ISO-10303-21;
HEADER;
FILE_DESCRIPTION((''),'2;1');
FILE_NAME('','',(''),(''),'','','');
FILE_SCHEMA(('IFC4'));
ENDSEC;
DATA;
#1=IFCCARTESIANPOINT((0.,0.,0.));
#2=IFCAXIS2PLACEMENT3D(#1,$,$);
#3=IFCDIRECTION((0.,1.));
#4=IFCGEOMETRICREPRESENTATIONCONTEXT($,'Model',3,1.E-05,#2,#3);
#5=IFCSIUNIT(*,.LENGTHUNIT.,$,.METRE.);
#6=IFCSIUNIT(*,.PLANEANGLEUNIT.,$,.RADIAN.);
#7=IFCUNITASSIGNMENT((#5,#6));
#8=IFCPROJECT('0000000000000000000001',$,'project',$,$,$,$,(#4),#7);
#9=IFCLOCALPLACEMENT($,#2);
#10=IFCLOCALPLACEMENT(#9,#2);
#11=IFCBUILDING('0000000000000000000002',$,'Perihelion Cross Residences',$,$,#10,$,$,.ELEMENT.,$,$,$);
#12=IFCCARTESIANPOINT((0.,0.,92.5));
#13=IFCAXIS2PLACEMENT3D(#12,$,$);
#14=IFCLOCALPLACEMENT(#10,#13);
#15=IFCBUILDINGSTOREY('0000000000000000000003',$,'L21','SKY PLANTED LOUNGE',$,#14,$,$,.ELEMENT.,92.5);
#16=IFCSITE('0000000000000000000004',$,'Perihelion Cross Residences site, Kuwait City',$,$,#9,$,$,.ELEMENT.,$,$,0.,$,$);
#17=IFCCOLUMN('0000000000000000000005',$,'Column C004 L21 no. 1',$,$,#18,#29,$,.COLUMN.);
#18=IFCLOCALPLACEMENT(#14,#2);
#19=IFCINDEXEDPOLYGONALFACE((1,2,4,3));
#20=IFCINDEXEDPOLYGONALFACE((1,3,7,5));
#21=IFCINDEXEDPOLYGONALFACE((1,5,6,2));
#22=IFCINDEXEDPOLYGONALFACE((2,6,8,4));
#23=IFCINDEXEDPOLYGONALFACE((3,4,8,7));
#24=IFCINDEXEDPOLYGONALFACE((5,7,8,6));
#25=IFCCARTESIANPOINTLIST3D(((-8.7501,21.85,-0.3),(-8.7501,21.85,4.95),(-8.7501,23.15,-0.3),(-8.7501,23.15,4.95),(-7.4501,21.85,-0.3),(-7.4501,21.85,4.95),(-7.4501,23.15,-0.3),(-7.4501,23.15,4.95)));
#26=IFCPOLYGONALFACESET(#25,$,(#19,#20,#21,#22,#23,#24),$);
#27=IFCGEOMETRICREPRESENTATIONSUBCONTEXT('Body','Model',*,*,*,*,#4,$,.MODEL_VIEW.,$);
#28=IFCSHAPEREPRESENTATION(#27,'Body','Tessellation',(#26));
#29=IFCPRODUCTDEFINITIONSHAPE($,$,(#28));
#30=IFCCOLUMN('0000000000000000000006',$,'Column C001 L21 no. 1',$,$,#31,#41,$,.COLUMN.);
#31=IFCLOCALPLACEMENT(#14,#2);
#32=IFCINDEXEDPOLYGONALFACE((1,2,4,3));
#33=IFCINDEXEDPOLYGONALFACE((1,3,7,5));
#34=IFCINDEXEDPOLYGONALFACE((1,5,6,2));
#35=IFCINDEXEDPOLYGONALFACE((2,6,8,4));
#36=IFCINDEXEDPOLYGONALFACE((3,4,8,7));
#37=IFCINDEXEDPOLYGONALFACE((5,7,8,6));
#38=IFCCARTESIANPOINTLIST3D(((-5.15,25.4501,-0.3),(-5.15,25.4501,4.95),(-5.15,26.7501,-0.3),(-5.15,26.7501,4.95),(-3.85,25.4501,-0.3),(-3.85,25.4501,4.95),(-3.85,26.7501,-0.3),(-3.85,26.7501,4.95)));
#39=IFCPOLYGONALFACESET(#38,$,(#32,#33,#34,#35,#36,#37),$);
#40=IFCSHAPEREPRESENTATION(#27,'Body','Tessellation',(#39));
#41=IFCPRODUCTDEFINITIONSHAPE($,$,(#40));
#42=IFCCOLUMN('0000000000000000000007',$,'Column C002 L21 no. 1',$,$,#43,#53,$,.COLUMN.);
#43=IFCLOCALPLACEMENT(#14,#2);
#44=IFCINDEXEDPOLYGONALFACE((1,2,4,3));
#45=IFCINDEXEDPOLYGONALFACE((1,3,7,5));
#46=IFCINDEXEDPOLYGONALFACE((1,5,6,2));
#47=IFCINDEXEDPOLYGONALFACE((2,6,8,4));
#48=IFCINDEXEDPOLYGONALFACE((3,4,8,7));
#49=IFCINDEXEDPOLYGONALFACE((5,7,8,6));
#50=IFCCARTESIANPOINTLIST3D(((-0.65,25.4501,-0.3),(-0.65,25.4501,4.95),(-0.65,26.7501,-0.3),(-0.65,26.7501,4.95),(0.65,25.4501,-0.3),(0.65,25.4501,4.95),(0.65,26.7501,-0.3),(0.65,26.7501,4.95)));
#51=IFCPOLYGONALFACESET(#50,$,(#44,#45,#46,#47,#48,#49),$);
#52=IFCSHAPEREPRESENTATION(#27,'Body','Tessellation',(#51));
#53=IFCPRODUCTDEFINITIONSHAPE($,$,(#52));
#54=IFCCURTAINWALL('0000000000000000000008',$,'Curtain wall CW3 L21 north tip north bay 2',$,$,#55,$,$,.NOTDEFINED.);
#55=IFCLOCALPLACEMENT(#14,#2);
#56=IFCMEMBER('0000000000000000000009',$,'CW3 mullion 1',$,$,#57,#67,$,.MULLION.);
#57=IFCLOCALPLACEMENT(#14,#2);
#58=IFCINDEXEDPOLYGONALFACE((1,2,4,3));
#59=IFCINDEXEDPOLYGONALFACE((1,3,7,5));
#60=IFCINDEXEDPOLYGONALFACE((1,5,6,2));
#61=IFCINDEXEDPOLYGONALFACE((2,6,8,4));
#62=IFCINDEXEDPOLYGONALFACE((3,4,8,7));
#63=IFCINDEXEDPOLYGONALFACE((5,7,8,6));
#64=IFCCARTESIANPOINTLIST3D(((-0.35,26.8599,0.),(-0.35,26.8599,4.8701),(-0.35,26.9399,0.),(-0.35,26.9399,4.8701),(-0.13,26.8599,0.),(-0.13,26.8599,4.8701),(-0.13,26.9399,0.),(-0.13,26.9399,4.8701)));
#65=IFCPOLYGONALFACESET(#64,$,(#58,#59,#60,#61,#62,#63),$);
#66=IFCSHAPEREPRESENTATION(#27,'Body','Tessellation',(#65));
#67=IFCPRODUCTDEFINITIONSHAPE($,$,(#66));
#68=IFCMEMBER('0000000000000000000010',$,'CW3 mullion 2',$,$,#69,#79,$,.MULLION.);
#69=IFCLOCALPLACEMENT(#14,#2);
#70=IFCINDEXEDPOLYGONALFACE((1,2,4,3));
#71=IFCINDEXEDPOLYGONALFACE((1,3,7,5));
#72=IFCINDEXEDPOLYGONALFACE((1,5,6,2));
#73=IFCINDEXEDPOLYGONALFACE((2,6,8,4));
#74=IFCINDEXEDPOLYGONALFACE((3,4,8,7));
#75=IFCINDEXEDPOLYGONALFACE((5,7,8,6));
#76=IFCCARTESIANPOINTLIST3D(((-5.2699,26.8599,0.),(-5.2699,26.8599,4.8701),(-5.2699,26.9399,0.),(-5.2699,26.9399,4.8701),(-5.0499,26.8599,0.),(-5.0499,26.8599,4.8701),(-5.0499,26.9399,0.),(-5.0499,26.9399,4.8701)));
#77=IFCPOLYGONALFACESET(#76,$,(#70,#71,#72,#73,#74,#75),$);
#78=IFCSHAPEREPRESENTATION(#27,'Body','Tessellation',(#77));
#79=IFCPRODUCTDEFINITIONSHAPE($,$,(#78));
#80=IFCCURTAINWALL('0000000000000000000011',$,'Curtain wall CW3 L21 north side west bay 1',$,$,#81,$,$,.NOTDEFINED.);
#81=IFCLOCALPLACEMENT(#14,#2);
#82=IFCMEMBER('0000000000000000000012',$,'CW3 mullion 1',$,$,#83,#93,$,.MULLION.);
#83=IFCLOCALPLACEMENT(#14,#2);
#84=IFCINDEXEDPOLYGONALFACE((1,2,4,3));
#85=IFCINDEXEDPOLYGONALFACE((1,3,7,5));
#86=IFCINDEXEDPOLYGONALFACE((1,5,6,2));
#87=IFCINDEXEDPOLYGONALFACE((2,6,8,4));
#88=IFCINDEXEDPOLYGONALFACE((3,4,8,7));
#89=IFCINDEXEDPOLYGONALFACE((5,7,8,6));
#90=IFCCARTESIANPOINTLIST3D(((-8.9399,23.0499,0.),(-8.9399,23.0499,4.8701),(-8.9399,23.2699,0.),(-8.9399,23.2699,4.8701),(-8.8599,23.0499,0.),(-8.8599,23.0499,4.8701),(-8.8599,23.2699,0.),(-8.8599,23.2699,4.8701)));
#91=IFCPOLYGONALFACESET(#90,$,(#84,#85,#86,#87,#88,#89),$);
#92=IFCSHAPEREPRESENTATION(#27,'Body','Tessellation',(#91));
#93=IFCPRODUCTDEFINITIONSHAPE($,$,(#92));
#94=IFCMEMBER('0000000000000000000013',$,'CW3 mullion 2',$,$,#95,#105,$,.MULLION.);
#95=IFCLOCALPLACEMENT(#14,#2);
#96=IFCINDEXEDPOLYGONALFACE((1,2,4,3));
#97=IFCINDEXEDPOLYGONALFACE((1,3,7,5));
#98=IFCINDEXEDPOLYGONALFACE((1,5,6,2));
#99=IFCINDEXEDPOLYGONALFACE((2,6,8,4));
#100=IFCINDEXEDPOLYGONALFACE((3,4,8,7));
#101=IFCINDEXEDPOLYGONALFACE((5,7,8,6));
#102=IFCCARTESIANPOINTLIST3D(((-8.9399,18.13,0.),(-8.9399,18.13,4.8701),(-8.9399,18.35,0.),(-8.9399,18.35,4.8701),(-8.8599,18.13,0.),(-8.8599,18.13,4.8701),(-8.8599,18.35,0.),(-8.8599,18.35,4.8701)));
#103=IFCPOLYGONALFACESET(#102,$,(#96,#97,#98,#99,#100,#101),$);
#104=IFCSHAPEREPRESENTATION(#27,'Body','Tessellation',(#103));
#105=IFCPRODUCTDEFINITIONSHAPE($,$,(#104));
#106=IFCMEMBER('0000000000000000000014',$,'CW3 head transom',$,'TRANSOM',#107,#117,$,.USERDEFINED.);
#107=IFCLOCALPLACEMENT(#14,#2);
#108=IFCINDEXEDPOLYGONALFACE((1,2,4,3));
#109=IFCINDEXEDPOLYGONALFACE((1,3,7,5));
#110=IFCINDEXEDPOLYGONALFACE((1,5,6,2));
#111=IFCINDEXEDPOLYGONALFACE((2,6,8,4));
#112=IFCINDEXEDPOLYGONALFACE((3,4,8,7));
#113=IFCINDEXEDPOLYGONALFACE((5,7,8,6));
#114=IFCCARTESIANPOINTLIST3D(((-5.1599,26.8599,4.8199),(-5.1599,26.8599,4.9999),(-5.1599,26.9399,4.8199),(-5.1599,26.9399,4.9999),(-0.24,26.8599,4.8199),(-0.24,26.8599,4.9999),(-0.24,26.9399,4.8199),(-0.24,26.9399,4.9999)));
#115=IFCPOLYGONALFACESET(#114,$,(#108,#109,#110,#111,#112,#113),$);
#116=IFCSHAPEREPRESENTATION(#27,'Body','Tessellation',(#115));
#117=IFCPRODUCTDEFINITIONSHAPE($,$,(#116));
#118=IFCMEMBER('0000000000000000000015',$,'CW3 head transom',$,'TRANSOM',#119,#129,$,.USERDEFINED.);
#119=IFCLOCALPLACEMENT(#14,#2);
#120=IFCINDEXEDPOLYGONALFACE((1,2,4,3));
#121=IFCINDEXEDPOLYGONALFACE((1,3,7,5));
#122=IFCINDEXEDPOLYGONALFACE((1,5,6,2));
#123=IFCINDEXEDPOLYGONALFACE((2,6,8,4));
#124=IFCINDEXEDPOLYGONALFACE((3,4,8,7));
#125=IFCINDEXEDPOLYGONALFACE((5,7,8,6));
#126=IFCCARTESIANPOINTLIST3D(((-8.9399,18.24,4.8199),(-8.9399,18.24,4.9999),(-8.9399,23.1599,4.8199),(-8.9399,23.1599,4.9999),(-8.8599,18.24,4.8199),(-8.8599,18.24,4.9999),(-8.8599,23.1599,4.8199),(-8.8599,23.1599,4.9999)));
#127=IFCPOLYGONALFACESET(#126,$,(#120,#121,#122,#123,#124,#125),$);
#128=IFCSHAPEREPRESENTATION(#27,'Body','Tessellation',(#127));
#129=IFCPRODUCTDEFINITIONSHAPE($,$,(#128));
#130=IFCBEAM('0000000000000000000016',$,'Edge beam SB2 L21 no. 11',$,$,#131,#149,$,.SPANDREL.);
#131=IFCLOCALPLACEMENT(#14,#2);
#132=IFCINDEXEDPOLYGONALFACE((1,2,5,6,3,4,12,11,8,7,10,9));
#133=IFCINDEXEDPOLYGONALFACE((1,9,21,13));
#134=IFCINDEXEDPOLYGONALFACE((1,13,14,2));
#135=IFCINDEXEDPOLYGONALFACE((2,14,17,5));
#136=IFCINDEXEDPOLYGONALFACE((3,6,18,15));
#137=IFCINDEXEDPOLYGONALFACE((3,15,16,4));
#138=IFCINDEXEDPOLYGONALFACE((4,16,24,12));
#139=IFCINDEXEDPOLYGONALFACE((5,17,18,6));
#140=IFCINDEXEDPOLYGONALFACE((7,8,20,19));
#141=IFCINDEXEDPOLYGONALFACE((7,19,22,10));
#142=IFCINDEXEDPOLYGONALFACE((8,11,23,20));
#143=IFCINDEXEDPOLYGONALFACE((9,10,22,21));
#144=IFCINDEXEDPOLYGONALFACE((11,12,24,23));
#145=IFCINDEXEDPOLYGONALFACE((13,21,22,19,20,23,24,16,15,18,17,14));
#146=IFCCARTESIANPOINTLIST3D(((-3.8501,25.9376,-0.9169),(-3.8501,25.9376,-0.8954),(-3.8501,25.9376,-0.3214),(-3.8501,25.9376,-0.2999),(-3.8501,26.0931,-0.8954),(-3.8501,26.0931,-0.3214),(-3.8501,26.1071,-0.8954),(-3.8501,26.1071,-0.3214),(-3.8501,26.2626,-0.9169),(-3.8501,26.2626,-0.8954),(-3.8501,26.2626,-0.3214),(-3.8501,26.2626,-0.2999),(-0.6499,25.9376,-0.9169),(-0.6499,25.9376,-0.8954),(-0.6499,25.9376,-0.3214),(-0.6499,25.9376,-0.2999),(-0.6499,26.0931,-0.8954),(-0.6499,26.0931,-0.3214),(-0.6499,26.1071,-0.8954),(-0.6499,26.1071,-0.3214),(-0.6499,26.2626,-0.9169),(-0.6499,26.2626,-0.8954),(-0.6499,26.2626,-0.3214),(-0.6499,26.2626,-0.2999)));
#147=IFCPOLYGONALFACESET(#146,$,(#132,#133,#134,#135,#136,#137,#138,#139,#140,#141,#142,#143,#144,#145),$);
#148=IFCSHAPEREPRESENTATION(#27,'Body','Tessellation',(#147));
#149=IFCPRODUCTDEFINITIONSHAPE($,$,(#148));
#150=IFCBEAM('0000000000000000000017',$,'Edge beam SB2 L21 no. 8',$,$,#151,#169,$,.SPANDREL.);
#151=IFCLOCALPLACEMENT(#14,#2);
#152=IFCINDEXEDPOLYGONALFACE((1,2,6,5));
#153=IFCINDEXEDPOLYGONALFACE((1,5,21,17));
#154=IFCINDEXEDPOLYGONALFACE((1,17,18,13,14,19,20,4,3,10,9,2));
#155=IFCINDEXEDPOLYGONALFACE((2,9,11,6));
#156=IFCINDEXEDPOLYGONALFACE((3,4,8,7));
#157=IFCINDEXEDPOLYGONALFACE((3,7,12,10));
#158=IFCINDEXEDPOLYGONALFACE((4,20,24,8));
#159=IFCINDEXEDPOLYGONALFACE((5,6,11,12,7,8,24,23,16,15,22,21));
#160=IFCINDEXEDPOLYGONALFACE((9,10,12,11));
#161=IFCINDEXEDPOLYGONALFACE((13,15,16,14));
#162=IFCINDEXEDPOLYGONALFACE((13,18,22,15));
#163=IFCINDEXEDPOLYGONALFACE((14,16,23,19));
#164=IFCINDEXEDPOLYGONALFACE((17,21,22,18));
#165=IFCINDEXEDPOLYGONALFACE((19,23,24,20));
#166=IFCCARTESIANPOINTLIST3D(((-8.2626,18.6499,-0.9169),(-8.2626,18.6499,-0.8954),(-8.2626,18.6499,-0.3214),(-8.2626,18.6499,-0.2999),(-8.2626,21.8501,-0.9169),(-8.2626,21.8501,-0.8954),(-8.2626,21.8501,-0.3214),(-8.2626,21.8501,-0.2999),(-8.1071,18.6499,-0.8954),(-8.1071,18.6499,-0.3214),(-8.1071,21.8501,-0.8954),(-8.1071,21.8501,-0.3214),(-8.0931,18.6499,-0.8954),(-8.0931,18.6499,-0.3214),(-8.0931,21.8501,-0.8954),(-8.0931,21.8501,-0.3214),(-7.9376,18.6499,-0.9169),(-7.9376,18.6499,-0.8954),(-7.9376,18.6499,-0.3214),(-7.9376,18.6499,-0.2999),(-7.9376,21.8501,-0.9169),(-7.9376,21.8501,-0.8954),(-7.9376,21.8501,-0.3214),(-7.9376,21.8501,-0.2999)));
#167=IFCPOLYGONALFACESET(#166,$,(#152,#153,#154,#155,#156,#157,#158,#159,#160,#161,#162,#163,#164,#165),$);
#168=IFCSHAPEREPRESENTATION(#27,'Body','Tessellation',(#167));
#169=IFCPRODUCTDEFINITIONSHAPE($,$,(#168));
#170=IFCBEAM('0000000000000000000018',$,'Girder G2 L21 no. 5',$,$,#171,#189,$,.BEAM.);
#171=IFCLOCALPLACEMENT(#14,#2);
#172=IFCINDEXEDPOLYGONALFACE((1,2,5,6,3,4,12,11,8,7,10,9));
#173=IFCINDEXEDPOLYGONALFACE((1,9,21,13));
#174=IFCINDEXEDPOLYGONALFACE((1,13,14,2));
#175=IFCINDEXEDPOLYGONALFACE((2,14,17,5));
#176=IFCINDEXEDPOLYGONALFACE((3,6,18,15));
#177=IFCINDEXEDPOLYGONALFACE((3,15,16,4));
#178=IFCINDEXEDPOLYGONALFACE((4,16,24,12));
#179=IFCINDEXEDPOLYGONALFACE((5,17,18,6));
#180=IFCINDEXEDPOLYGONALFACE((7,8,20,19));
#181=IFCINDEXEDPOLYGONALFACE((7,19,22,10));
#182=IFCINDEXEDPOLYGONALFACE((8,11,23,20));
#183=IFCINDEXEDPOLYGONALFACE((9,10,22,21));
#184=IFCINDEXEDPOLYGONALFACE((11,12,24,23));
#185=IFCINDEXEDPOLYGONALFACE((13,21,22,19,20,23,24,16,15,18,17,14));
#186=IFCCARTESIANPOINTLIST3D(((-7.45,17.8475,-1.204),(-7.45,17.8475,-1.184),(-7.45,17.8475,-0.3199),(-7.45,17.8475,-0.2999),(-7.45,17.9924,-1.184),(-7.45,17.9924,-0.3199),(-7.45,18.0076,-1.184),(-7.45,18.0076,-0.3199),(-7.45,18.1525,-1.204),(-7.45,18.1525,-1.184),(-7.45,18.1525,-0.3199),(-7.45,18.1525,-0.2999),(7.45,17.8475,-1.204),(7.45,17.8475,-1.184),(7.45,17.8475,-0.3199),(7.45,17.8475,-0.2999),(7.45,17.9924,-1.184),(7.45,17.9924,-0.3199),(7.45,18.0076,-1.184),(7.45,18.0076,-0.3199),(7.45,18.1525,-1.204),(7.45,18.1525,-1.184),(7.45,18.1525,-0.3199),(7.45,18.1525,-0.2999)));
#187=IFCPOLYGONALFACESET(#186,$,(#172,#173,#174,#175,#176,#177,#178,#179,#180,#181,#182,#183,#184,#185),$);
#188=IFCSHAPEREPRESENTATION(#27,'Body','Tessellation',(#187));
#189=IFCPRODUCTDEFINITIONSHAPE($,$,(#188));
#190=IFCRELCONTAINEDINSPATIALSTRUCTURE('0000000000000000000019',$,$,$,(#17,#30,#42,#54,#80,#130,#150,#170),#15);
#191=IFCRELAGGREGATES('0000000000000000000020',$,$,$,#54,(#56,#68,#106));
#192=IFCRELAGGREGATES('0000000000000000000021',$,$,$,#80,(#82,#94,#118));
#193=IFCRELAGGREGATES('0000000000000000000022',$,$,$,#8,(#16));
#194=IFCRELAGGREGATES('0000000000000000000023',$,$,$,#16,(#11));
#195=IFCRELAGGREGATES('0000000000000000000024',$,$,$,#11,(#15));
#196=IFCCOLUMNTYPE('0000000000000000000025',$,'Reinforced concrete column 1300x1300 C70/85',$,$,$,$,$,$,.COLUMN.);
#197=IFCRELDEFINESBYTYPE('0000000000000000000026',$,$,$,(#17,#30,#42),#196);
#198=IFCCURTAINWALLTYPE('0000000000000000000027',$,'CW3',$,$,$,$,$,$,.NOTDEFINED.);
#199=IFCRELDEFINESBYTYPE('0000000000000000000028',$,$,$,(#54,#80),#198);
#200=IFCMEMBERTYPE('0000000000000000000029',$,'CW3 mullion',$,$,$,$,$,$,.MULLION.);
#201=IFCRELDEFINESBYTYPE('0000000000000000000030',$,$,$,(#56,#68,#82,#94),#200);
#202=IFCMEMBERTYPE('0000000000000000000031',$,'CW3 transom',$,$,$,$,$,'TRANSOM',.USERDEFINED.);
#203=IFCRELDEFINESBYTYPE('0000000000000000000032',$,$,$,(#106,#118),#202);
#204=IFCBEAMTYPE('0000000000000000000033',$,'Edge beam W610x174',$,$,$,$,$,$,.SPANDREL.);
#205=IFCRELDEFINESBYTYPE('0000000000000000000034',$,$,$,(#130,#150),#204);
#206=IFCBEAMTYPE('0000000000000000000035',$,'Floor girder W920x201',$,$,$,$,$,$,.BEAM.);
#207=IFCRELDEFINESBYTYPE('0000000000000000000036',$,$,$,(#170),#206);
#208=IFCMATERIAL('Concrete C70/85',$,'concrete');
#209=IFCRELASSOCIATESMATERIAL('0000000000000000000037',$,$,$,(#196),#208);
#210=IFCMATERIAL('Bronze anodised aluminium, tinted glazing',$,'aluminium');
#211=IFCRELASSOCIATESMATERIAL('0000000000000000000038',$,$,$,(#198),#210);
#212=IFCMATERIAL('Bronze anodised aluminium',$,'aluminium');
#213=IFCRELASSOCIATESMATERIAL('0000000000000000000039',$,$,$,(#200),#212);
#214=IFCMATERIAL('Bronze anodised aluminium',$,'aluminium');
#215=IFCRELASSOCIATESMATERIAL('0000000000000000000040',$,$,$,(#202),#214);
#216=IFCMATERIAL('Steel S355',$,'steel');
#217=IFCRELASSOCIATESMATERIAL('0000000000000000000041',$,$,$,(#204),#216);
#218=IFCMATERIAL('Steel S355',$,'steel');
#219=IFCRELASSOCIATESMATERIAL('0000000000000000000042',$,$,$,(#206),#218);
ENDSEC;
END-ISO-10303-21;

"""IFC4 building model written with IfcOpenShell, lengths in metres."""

from ifc_helpers import new_model, si_unit, direction, frame, origin, origin_2d, place, context, subcontext, project, spatial, rectangle, i_section, extrude, material, material_profile, profile_set, type_object, element, aggregate, save


model = new_model("IFC4")

# Units and contexts
model_context = context("Model", 3, precision=1e-05, world=origin(), true_north=direction((0.0, 1.0)))
body_context = subcontext(model_context, "Body", "Model", "MODEL_VIEW")
ifc_project = project(units=[si_unit("LENGTHUNIT", "METRE"), si_unit("PLANEANGLEUNIT", "RADIAN")], contexts=[model_context])

# Site, building, storey
site_placement = place(None, origin())
site = spatial("IfcSite", under=ifc_project, at=site_placement, Name="Perihelion Cross Residences site, Kuwait City", CompositionType="ELEMENT", RefElevation=0.0)
building_placement = place(site_placement, origin())
building = spatial("IfcBuilding", under=site, at=building_placement, Name="Perihelion Cross Residences", CompositionType="ELEMENT")
storey_placement = place(building_placement, frame((0.0, 0.0, 92.5)))
storey = spatial("IfcBuildingStorey", under=building, at=storey_placement, Name="L21", Description="SKY PLANTED LOUNGE", CompositionType="ELEMENT", Elevation=92.5)

# Columns
ifc_material_1 = material(Name="Concrete C70/85", Category="concrete")
ifc_material_profile_1 = material_profile(ifc_material_1, rectangle(XDim=1.3, YDim=1.3, at=origin_2d()), Name="RC 1300x1300")
ifc_profile_set_1 = profile_set([ifc_material_profile_1], Name="Concrete C70/85")
column_type = type_object("IfcColumnType", Name="Reinforced concrete column 1300x1300 C70/85", PredefinedType="COLUMN", material=ifc_profile_set_1)
for number, where, z_axis, x_axis, name in (
    (1, (-8.1001, 22.5, -0.3), (0.0, 0.0, 1.0), (1.0, 0.0, 0.0), "Column C004 L21 no. 1"),
    (2, (-4.5, 26.1001, -0.3), (0.0, 0.0, 1.0), (1.0, 0.0, 0.0), "Column C001 L21 no. 1"),
    (3, (0.0, 26.1001, -0.3), (0.0, 0.0, 1.0), (1.0, 0.0, 0.0), "Column C002 L21 no. 1"),
):
    element("IfcColumn", number, at=place(storey_placement, frame(where, z_axis=z_axis, x_axis=x_axis)), inside=storey, type_object=column_type, Name=name, PredefinedType="COLUMN", context=body_context, shape_type="SweptSolid", body=[
        extrude(rectangle(XDim=1.3, YDim=1.3, at=origin_2d()), origin(), (0.0, 0.0, 1.0), 5.25),
    ])

# Curtain walls, members
ifc_material_2 = material(Name="Bronze anodised aluminium, tinted glazing", Category="aluminium")
curtain_wall_type = type_object("IfcCurtainWallType", Name="CW3", PredefinedType="NOTDEFINED", material=ifc_material_2)
curtain_wall_1_placement = place(storey_placement, origin())
curtain_wall_1 = element("IfcCurtainWall", 4, at=curtain_wall_1_placement, inside=storey, type_object=curtain_wall_type, Name="Curtain wall CW3 L21 north tip north bay 2", PredefinedType="NOTDEFINED")
ifc_material_3 = material(Name="Bronze anodised aluminium", Category="aluminium")
ifc_material_profile_2 = material_profile(ifc_material_3, rectangle(XDim=0.0801, YDim=0.22, at=origin_2d()), Name="CW3 mullion")
ifc_profile_set_2 = profile_set([ifc_material_profile_2], Name="Bronze anodised aluminium")
member_type_1 = type_object("IfcMemberType", Name="CW3 mullion", PredefinedType="MULLION", material=ifc_profile_set_2)
member_1_placement = place(storey_placement, frame((-0.24, 26.8999, 0.0), z_axis=(0.0, 0.0, 1.0), x_axis=(0.0, -1.0, 0.0)))
member_1 = element("IfcMember", 5, at=member_1_placement, type_object=member_type_1, Name="CW3 mullion 1", PredefinedType="MULLION", context=body_context, shape_type="SweptSolid", body=[
    extrude(rectangle(XDim=0.0801, YDim=0.22, at=origin_2d()), origin(), (0.0, 0.0, 1.0), 4.8701),
])
member_2_placement = place(storey_placement, frame((-5.1599, 26.8999, 0.0), z_axis=(0.0, 0.0, 1.0), x_axis=(0.0, -1.0, 0.0)))
member_2 = element("IfcMember", 6, at=member_2_placement, type_object=member_type_1, Name="CW3 mullion 2", PredefinedType="MULLION", context=body_context, shape_type="SweptSolid", body=[
    extrude(rectangle(XDim=0.0801, YDim=0.22, at=origin_2d()), origin(), (0.0, 0.0, 1.0), 4.8701),
])
curtain_wall_2_placement = place(storey_placement, origin())
curtain_wall_2 = element("IfcCurtainWall", 7, at=curtain_wall_2_placement, inside=storey, type_object=curtain_wall_type, Name="Curtain wall CW3 L21 north side west bay 1", PredefinedType="NOTDEFINED")
member_3_placement = place(storey_placement, frame((-8.8999, 23.1599, 0.0), z_axis=(0.0, 0.0, 1.0), x_axis=(1.0, 0.0, 0.0)))
member_3 = element("IfcMember", 8, at=member_3_placement, type_object=member_type_1, Name="CW3 mullion 1", PredefinedType="MULLION", context=body_context, shape_type="SweptSolid", body=[
    extrude(rectangle(XDim=0.0801, YDim=0.22, at=origin_2d()), origin(), (0.0, 0.0, 1.0), 4.8701),
])
member_4_placement = place(storey_placement, frame((-8.8999, 18.24, 0.0), z_axis=(0.0, 0.0, 1.0), x_axis=(1.0, 0.0, 0.0)))
member_4 = element("IfcMember", 9, at=member_4_placement, type_object=member_type_1, Name="CW3 mullion 2", PredefinedType="MULLION", context=body_context, shape_type="SweptSolid", body=[
    extrude(rectangle(XDim=0.0801, YDim=0.22, at=origin_2d()), origin(), (0.0, 0.0, 1.0), 4.8701),
])

# Members
ifc_material_4 = material(Name="Bronze anodised aluminium", Category="aluminium")
ifc_material_profile_3 = material_profile(ifc_material_4, rectangle(XDim=0.0801, YDim=0.1799, at=origin_2d()), Name="CW3 transom")
ifc_profile_set_3 = profile_set([ifc_material_profile_3], Name="Bronze anodised aluminium")
member_type_2 = type_object("IfcMemberType", Name="CW3 transom", ElementType="TRANSOM", PredefinedType="USERDEFINED", material=ifc_profile_set_3)
member_5_placement = place(storey_placement, frame((-0.24, 26.8999, 4.9099), z_axis=(-1.0, 0.0, 0.0), x_axis=(0.0, -1.0, 0.0)))
member_5 = element("IfcMember", 10, at=member_5_placement, type_object=member_type_2, Name="CW3 head transom", ObjectType="TRANSOM", PredefinedType="USERDEFINED", context=body_context, shape_type="SweptSolid", body=[
    extrude(rectangle(XDim=0.0801, YDim=0.1799, at=origin_2d()), origin(), (0.0, 0.0, 1.0), 4.9199),
])
member_6_placement = place(storey_placement, frame((-8.8999, 23.1599, 4.9099), z_axis=(0.0, -1.0, 0.0), x_axis=(1.0, 0.0, 0.0)))
member_6 = element("IfcMember", 11, at=member_6_placement, type_object=member_type_2, Name="CW3 head transom", ObjectType="TRANSOM", PredefinedType="USERDEFINED", context=body_context, shape_type="SweptSolid", body=[
    extrude(rectangle(XDim=0.0801, YDim=0.1799, at=origin_2d()), origin(), (0.0, 0.0, 1.0), 4.9199),
])

# Beams
ifc_material_5 = material(Name="Steel S355", Category="steel")
ifc_material_profile_4 = material_profile(ifc_material_5, i_section(OverallWidth=0.325, OverallDepth=0.6169, WebThickness=0.0139, FlangeThickness=0.0215, at=origin_2d()), Name="W610x174")
ifc_profile_set_4 = profile_set([ifc_material_profile_4], Name="Steel S355")
beam_type_1 = type_object("IfcBeamType", Name="Edge beam W610x174", PredefinedType="SPANDREL", material=ifc_profile_set_4)
for number, where, z_axis, x_axis, name in (
    (12, (-0.6499, 26.1001, -0.6084), (-1.0, 0.0, 0.0), (0.0, -1.0, 0.0), "Edge beam SB2 L21 no. 11"),
    (13, (-8.1001, 21.8501, -0.6084), (0.0, -1.0, 0.0), (1.0, 0.0, 0.0), "Edge beam SB2 L21 no. 8"),
):
    element("IfcBeam", number, at=place(storey_placement, frame(where, z_axis=z_axis, x_axis=x_axis)), inside=storey, type_object=beam_type_1, Name=name, PredefinedType="SPANDREL", context=body_context, shape_type="SweptSolid", body=[
        extrude(i_section(OverallWidth=0.325, OverallDepth=0.6169, WebThickness=0.0139, FlangeThickness=0.0215, at=origin_2d()), origin(), (0.0, 0.0, 1.0), 3.2002),
    ])
ifc_material_6 = material(Name="Steel S355", Category="steel")
ifc_material_profile_5 = material_profile(ifc_material_6, i_section(OverallWidth=0.3049, OverallDepth=0.9041, WebThickness=0.0151, FlangeThickness=0.02, at=origin_2d()), Name="W920x201")
ifc_profile_set_5 = profile_set([ifc_material_profile_5], Name="Steel S355")
beam_type_2 = type_object("IfcBeamType", Name="Floor girder W920x201", PredefinedType="BEAM", material=ifc_profile_set_5)
for number, where, z_axis, x_axis, name in (
    (14, (-7.45, 18.0, -0.752), (1.0, 0.0, 0.0), (0.0, 1.0, 0.0), "Girder G2 L21 no. 5"),
):
    element("IfcBeam", number, at=place(storey_placement, frame(where, z_axis=z_axis, x_axis=x_axis)), inside=storey, type_object=beam_type_2, Name=name, PredefinedType="BEAM", context=body_context, shape_type="SweptSolid", body=[
        extrude(i_section(OverallWidth=0.3049, OverallDepth=0.9041, WebThickness=0.0151, FlangeThickness=0.02, at=origin_2d()), origin(), (0.0, 0.0, 1.0), 14.8999),
    ])

aggregate(curtain_wall_1, [member_1, member_2, member_5])
aggregate(curtain_wall_2, [member_3, member_4, member_6])

save(model, "model.ifc")
